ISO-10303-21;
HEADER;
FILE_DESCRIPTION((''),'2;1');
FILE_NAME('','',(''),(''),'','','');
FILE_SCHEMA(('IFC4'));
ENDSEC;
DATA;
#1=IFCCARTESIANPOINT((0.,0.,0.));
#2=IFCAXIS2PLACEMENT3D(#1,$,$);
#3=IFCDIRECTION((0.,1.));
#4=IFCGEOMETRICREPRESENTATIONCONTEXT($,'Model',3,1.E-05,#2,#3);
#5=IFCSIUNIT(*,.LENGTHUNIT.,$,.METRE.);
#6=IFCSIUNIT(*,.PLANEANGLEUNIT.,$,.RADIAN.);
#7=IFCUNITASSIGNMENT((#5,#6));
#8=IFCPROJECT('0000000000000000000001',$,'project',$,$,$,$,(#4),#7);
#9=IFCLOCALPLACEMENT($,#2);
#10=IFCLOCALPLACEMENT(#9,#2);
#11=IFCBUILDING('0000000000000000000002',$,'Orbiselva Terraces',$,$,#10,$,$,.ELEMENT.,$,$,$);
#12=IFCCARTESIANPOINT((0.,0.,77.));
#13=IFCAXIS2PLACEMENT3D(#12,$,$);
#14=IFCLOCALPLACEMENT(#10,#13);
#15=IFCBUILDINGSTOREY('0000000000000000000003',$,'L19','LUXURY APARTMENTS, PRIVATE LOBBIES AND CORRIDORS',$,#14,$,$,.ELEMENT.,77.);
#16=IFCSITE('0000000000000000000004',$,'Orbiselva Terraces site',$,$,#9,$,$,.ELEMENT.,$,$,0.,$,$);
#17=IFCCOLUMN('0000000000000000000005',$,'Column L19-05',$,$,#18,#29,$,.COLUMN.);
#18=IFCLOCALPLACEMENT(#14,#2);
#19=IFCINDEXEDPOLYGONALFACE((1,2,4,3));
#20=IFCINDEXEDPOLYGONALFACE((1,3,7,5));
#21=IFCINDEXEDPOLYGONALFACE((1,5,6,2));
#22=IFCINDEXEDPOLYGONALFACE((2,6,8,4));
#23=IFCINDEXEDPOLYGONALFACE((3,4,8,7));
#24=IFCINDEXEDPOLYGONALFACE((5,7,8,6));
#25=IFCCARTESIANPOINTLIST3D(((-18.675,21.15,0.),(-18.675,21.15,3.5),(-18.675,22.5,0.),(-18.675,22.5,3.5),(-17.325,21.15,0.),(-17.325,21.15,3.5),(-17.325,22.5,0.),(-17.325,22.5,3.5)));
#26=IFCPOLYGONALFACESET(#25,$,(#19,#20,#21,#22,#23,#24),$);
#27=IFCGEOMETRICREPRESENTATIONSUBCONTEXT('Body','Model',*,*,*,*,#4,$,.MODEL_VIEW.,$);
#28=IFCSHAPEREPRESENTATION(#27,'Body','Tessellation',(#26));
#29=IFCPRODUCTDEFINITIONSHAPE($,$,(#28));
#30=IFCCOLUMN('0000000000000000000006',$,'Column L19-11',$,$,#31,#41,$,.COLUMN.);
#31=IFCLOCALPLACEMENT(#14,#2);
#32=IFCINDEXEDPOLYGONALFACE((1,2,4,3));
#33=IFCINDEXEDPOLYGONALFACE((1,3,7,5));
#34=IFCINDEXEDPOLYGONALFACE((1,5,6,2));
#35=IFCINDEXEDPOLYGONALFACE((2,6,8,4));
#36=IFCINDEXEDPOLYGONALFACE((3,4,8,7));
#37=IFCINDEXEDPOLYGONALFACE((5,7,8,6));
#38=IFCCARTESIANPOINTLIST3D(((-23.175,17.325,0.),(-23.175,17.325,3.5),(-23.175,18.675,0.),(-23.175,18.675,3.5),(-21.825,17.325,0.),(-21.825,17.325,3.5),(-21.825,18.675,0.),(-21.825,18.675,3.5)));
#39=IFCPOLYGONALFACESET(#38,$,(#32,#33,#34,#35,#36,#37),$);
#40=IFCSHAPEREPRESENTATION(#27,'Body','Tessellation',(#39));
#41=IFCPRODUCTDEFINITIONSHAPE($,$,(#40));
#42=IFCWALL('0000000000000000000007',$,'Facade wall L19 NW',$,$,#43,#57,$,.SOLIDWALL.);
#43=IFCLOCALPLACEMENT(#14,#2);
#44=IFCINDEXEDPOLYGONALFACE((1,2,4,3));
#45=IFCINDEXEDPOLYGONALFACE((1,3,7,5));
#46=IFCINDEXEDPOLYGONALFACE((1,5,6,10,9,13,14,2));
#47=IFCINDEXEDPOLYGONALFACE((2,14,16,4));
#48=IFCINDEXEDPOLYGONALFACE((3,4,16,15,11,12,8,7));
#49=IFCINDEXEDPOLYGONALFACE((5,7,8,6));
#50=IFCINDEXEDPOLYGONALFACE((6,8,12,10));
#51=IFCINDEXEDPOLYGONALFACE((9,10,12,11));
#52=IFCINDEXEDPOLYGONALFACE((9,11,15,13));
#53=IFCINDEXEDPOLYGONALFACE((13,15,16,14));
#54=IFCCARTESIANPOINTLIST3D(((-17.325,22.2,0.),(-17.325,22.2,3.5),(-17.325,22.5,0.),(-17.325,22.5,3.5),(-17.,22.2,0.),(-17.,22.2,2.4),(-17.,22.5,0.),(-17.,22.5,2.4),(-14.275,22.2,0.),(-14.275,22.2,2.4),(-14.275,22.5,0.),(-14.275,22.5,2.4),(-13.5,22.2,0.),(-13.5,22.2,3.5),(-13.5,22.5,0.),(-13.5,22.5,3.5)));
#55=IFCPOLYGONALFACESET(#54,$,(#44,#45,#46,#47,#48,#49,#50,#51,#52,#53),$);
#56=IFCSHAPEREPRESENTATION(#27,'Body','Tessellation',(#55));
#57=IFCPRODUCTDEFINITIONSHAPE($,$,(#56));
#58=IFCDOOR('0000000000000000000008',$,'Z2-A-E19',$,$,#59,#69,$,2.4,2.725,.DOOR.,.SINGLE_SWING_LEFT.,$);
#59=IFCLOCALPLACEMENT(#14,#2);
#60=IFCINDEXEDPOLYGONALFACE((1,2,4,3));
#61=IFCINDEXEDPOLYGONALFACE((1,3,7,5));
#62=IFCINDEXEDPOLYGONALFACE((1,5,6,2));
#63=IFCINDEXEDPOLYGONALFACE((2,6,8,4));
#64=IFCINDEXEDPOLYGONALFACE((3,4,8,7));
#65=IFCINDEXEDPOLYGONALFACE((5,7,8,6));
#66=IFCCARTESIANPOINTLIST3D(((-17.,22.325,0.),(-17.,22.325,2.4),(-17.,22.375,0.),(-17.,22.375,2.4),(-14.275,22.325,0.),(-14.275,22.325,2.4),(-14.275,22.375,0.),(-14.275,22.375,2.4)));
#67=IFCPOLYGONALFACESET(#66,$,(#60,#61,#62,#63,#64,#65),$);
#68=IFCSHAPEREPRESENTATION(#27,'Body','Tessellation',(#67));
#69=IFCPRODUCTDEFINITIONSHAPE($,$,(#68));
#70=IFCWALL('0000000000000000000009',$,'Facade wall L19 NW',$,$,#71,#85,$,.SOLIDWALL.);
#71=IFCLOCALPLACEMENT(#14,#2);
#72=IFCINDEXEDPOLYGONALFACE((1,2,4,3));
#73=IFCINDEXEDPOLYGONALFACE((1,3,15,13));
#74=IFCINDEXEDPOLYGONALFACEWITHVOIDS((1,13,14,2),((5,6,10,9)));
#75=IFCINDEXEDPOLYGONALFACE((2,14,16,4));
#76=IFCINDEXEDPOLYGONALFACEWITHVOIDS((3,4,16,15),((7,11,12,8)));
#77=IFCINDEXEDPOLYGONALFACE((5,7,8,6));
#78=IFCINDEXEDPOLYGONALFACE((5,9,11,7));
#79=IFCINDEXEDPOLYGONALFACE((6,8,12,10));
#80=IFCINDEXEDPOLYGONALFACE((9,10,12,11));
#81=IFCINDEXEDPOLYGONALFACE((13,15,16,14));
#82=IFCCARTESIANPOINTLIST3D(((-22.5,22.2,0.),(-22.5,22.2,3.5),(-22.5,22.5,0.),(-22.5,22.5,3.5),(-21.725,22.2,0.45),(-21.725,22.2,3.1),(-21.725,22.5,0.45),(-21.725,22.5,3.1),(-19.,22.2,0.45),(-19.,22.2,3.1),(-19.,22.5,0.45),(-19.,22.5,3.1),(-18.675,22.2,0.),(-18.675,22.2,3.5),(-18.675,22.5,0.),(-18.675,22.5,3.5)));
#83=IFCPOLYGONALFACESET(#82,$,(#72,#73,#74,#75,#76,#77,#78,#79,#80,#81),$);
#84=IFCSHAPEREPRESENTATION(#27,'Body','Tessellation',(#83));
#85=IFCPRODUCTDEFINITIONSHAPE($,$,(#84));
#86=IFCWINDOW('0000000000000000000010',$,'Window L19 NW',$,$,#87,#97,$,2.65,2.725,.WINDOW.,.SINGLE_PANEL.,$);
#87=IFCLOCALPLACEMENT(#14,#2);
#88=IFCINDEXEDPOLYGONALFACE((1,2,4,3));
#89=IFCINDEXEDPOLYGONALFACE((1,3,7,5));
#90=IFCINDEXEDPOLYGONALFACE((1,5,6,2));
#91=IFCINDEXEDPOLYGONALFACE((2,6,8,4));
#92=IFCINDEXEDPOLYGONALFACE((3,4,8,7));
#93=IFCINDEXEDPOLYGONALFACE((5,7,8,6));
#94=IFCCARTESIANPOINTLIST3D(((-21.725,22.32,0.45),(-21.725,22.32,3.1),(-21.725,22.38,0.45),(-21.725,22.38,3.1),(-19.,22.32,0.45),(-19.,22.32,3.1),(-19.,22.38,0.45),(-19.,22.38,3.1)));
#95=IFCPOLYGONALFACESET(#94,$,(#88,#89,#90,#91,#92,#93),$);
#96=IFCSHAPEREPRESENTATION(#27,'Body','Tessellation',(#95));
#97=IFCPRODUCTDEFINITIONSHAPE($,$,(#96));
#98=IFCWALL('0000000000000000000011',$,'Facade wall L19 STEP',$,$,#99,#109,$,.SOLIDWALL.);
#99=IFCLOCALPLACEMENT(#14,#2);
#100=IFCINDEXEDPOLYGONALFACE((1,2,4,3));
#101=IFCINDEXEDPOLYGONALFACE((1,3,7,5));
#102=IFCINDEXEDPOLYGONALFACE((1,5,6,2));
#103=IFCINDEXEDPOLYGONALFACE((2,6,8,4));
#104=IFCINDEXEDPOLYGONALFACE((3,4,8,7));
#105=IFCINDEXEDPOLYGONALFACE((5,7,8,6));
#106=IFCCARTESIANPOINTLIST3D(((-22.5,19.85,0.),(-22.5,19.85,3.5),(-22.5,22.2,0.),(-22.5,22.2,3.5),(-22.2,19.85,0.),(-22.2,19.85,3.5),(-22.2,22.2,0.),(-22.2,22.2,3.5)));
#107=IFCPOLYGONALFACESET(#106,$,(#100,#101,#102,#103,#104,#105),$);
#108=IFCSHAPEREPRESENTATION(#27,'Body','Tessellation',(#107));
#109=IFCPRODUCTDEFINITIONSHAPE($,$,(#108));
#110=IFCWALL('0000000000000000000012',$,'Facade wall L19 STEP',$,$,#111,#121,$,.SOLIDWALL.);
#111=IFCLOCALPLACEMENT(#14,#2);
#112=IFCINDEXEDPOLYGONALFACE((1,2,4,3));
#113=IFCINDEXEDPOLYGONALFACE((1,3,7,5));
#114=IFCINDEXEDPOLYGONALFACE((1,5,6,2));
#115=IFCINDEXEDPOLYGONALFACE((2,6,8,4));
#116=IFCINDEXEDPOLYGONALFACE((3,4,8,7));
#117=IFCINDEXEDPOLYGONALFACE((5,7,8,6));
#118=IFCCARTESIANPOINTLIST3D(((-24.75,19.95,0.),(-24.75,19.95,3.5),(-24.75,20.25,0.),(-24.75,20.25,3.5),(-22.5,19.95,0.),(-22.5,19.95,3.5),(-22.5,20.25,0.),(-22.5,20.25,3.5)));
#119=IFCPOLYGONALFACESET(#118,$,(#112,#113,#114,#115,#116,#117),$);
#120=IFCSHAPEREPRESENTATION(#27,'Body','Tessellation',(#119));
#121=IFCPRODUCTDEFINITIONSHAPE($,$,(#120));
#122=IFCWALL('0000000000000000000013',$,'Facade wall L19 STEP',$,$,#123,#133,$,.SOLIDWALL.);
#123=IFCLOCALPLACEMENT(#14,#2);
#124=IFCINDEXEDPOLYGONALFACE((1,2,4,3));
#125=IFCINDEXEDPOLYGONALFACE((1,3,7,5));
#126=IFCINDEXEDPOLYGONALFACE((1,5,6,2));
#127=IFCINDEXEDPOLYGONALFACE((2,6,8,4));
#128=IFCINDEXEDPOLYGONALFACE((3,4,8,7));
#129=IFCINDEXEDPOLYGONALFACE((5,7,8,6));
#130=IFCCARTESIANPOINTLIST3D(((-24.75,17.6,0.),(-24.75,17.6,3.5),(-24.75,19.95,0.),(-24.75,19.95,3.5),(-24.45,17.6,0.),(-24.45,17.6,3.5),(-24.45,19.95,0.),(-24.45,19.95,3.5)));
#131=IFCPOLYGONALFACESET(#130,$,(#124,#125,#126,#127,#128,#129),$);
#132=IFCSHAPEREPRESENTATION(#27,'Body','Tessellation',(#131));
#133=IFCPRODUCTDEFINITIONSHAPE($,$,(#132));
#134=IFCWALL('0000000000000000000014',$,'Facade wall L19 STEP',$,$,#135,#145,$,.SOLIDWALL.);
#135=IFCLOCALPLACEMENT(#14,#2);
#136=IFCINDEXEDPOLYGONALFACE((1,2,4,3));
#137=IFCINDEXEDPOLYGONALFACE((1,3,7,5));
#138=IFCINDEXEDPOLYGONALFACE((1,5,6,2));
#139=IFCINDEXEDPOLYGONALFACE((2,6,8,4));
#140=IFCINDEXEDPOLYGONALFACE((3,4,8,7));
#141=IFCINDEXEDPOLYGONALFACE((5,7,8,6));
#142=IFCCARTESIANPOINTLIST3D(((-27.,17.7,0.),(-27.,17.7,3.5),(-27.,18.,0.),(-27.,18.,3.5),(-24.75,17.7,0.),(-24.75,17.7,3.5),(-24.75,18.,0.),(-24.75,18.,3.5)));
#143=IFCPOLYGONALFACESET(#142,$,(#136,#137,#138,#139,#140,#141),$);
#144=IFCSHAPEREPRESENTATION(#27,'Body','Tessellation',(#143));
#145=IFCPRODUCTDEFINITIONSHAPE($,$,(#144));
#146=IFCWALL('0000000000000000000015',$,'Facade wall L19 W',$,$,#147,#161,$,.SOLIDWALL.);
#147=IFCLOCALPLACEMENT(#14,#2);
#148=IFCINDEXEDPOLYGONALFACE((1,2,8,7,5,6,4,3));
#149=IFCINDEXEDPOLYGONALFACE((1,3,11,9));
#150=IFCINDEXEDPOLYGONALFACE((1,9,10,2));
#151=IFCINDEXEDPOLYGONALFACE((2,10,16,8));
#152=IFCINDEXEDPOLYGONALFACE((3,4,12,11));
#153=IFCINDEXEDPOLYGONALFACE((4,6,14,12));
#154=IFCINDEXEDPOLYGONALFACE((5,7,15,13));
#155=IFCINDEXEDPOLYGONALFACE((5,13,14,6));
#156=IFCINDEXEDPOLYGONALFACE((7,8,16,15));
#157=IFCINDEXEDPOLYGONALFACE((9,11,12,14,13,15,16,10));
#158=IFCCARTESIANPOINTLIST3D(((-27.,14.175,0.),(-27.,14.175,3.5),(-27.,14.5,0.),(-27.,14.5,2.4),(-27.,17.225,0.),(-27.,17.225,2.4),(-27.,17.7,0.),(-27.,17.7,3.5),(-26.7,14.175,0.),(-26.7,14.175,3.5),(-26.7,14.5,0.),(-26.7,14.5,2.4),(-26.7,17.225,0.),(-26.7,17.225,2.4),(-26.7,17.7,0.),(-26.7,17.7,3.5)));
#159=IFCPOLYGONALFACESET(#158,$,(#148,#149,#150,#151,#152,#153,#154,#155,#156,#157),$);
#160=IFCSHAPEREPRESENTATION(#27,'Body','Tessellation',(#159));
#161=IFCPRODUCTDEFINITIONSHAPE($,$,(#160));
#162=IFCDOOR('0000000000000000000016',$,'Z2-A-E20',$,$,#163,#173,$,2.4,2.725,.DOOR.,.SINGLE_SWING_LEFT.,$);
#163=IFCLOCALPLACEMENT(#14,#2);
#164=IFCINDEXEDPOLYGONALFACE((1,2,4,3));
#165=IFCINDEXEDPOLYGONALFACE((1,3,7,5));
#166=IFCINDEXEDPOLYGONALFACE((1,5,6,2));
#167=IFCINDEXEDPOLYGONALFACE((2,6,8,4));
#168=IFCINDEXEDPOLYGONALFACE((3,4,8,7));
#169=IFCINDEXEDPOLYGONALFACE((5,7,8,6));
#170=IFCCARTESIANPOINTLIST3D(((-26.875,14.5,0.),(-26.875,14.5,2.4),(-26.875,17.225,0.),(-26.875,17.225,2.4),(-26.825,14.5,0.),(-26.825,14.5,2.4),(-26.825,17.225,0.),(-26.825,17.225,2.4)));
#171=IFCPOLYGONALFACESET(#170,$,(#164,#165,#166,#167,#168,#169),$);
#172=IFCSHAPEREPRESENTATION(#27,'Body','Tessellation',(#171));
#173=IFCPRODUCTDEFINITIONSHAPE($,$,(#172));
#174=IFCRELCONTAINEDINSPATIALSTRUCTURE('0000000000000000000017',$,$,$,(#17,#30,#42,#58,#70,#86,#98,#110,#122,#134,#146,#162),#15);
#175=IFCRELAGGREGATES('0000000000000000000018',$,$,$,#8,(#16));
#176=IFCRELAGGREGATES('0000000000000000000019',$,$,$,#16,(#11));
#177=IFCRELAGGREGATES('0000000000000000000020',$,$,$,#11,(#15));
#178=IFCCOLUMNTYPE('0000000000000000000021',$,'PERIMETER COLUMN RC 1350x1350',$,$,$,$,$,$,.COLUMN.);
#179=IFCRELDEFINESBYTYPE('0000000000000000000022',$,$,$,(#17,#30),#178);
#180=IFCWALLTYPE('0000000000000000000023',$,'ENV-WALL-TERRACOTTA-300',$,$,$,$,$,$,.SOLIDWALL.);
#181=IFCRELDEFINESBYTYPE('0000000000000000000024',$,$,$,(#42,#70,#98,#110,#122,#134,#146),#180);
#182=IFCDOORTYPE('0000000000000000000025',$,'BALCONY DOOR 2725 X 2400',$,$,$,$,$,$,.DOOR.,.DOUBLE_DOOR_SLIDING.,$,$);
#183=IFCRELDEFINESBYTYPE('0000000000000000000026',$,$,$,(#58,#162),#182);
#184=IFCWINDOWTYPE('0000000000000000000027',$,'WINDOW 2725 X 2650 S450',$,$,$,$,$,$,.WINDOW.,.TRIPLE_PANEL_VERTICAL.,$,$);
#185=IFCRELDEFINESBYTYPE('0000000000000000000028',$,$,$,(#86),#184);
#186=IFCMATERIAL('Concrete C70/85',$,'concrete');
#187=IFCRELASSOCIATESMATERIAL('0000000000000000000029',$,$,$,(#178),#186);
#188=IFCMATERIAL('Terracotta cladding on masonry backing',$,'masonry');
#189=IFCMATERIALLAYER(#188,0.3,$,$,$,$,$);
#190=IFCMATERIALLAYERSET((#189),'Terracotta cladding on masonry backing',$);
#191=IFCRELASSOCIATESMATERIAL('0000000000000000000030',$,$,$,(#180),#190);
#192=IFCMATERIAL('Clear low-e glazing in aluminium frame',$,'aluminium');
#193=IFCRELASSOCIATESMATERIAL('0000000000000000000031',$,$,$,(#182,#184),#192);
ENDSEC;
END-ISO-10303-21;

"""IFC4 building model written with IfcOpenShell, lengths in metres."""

from ifc_helpers import new_model, si_unit, direction, frame, frame_2d, origin, origin_2d, place, context, subcontext, project, spatial, rectangle, extrude, material, layer, layer_set, material_profile, profile_set, type_object, element, fill, save


model = new_model("IFC4")

# Units and contexts
model_context = context("Model", 3, precision=1e-05, world=origin(), true_north=direction((0.0, 1.0)))
body_context = subcontext(model_context, "Body", "Model", "MODEL_VIEW")
ifc_project = project(units=[si_unit("LENGTHUNIT", "METRE"), si_unit("PLANEANGLEUNIT", "RADIAN")], contexts=[model_context])

# Site, building, storey
site_placement = place(None, origin())
site = spatial("IfcSite", under=ifc_project, at=site_placement, Name="Orbiselva Terraces site", CompositionType="ELEMENT", RefElevation=0.0)
building_placement = place(site_placement, origin())
building = spatial("IfcBuilding", under=site, at=building_placement, Name="Orbiselva Terraces", CompositionType="ELEMENT")
storey_placement = place(building_placement, frame((0.0, 0.0, 77.0)))
storey = spatial("IfcBuildingStorey", under=building, at=storey_placement, Name="L19", Description="LUXURY APARTMENTS, PRIVATE LOBBIES AND CORRIDORS", CompositionType="ELEMENT", Elevation=77.0)

# Columns
ifc_material_1 = material(Name="Concrete C70/85", Category="concrete")
ifc_material_profile = material_profile(ifc_material_1, rectangle(XDim=1.35, YDim=1.35, at=origin_2d()), Name="RC 1350x1350")
ifc_profile_set = profile_set([ifc_material_profile], Name="Concrete C70/85")
column_type = type_object("IfcColumnType", Name="PERIMETER COLUMN RC 1350x1350", PredefinedType="COLUMN", material=ifc_profile_set)
for number, where, z_axis, x_axis, name in (
    (1, (-18.0, 21.825, 0.0), (0.0, 0.0, 1.0), (1.0, 0.0, 0.0), "Column L19-05"),
    (2, (-22.5, 18.0, 0.0), (0.0, 0.0, 1.0), (1.0, 0.0, 0.0), "Column L19-11"),
):
    element("IfcColumn", number, at=place(storey_placement, frame(where, z_axis=z_axis, x_axis=x_axis)), inside=storey, type_object=column_type, Name=name, PredefinedType="COLUMN", context=body_context, shape_type="SweptSolid", body=[
        extrude(rectangle(XDim=1.35, YDim=1.35, at=origin_2d()), origin(), (0.0, 0.0, 1.0), 3.5),
    ])

# Wall, opening, door
ifc_material_2 = material(Name="Terracotta cladding on masonry backing", Category="masonry")
ifc_layer_1 = layer(ifc_material_2, 0.3)
ifc_layer_set_1 = layer_set([ifc_layer_1], Name="Terracotta cladding on masonry backing")
wall_type_1 = type_object("IfcWallType", Name="ENV-WALL-TERRACOTTA-300", PredefinedType="SOLIDWALL", material=ifc_layer_set_1)
wall_1_placement = place(storey_placement, frame((-17.325, 22.35, 0.0), z_axis=(0.0, 0.0, 1.0), x_axis=(1.0, 0.0, 0.0)))
wall_1 = element("IfcWall", 3, at=wall_1_placement, inside=storey, type_object=wall_type_1, Name="Facade wall L19 NW", PredefinedType="SOLIDWALL", context=body_context, shape_type="SweptSolid", body=[
    extrude(rectangle(XDim=3.825, YDim=0.3, at=frame_2d((1.9125, 0.0))), origin(), (0.0, 0.0, 1.0), 3.5),
])
opening_1_placement = place(wall_1_placement, frame((0.325, 0.0, 0.0)))
opening_1 = element("IfcOpeningElement", 4, at=opening_1_placement, cuts=wall_1, PredefinedType="OPENING", context=body_context, shape_type="SweptSolid", body=[
    extrude(rectangle(XDim=2.725, YDim=2.4, at=frame_2d((1.3625, 1.2))), frame((0.0, 0.16, 0.0), z_axis=(0.0, -1.0, 0.0), x_axis=(1.0, 0.0, 0.0)), (0.0, 0.0, 1.0), 0.32),
])
ifc_material_3 = material(Name="Clear low-e glazing in aluminium frame", Category="aluminium")
door_type_1 = type_object("IfcDoorType", Name="BALCONY DOOR 2725 X 2400", OperationType="DOUBLE_DOOR_SLIDING", PredefinedType="DOOR", material=ifc_material_3)
door_1_placement = place(opening_1_placement, origin())
door_1 = element("IfcDoor", 5, at=door_1_placement, inside=storey, type_object=door_type_1, Name="Z2-A-E19", OperationType="SINGLE_SWING_LEFT", OverallHeight=2.4, OverallWidth=2.725, PredefinedType="DOOR", context=body_context, shape_type="SweptSolid", body=[
    extrude(rectangle(XDim=2.725, YDim=2.4, at=frame_2d((1.3625, 1.2))), frame((0.0, 0.025, 0.0), z_axis=(0.0, -1.0, 0.0), x_axis=(1.0, 0.0, 0.0)), (0.0, 0.0, 1.0), 0.05),
])
fill(opening_1, door_1)

# Wall, opening, window
wall_2_placement = place(storey_placement, frame((-22.5, 22.35, 0.0), z_axis=(0.0, 0.0, 1.0), x_axis=(1.0, 0.0, 0.0)))
wall_2 = element("IfcWall", 6, at=wall_2_placement, inside=storey, type_object=wall_type_1, Name="Facade wall L19 NW", PredefinedType="SOLIDWALL", context=body_context, shape_type="SweptSolid", body=[
    extrude(rectangle(XDim=3.825, YDim=0.3, at=frame_2d((1.9125, 0.0))), origin(), (0.0, 0.0, 1.0), 3.5),
])
opening_2_placement = place(wall_2_placement, frame((0.775, 0.0, 0.45)))
opening_2 = element("IfcOpeningElement", 7, at=opening_2_placement, cuts=wall_2, PredefinedType="OPENING", context=body_context, shape_type="SweptSolid", body=[
    extrude(rectangle(XDim=2.725, YDim=2.65, at=frame_2d((1.3625, 1.325))), frame((0.0, 0.16, 0.0), z_axis=(0.0, -1.0, 0.0), x_axis=(1.0, 0.0, 0.0)), (0.0, 0.0, 1.0), 0.32),
])
window_type = type_object("IfcWindowType", Name="WINDOW 2725 X 2650 S450", PartitioningType="TRIPLE_PANEL_VERTICAL", PredefinedType="WINDOW", material=ifc_material_3)
window_placement = place(opening_2_placement, origin())
window = element("IfcWindow", 8, at=window_placement, inside=storey, type_object=window_type, Name="Window L19 NW", OverallHeight=2.65, OverallWidth=2.725, PartitioningType="SINGLE_PANEL", PredefinedType="WINDOW", context=body_context, shape_type="SweptSolid", body=[
    extrude(rectangle(XDim=2.725, YDim=2.65, at=frame_2d((1.3625, 1.325))), frame((0.0, 0.03, 0.0), z_axis=(0.0, -1.0, 0.0), x_axis=(1.0, 0.0, 0.0)), (0.0, 0.0, 1.0), 0.06),
])
fill(opening_2, window)

# Walls
wall_3_placement = place(storey_placement, frame((-22.35, 19.85, 0.0), z_axis=(0.0, 0.0, 1.0), x_axis=(0.0, 1.0, 0.0)))
element("IfcWall", 9, at=wall_3_placement, inside=storey, type_object=wall_type_1, Name="Facade wall L19 STEP", PredefinedType="SOLIDWALL", context=body_context, shape_type="SweptSolid", body=[
    extrude(rectangle(XDim=2.35, YDim=0.3, at=frame_2d((1.175, 0.0))), origin(), (0.0, 0.0, 1.0), 3.5),
])
wall_4_placement = place(storey_placement, frame((-24.75, 20.1, 0.0), z_axis=(0.0, 0.0, 1.0), x_axis=(1.0, 0.0, 0.0)))
element("IfcWall", 10, at=wall_4_placement, inside=storey, type_object=wall_type_1, Name="Facade wall L19 STEP", PredefinedType="SOLIDWALL", context=body_context, shape_type="SweptSolid", body=[
    extrude(rectangle(XDim=2.25, YDim=0.3, at=frame_2d((1.125, 0.0))), origin(), (0.0, 0.0, 1.0), 3.5),
])
wall_5_placement = place(storey_placement, frame((-24.6, 17.6, 0.0), z_axis=(0.0, 0.0, 1.0), x_axis=(0.0, 1.0, 0.0)))
element("IfcWall", 11, at=wall_5_placement, inside=storey, type_object=wall_type_1, Name="Facade wall L19 STEP", PredefinedType="SOLIDWALL", context=body_context, shape_type="SweptSolid", body=[
    extrude(rectangle(XDim=2.35, YDim=0.3, at=frame_2d((1.175, 0.0))), origin(), (0.0, 0.0, 1.0), 3.5),
])
wall_6_placement = place(storey_placement, frame((-27.0, 17.85, 0.0), z_axis=(0.0, 0.0, 1.0), x_axis=(1.0, 0.0, 0.0)))
element("IfcWall", 12, at=wall_6_placement, inside=storey, type_object=wall_type_1, Name="Facade wall L19 STEP", PredefinedType="SOLIDWALL", context=body_context, shape_type="SweptSolid", body=[
    extrude(rectangle(XDim=2.25, YDim=0.3, at=frame_2d((1.125, 0.0))), origin(), (0.0, 0.0, 1.0), 3.5),
])

# Wall, opening, door
wall_7_placement = place(storey_placement, frame((-26.85, 14.175, 0.0), z_axis=(0.0, 0.0, 1.0), x_axis=(0.0, 1.0, 0.0)))
wall_7 = element("IfcWall", 13, at=wall_7_placement, inside=storey, type_object=wall_type_1, Name="Facade wall L19 W", PredefinedType="SOLIDWALL", context=body_context, shape_type="SweptSolid", body=[
    extrude(rectangle(XDim=3.525, YDim=0.3, at=frame_2d((1.7625, 0.0))), origin(), (0.0, 0.0, 1.0), 3.5),
])
opening_3_placement = place(wall_7_placement, frame((0.325, 0.0, 0.0)))
opening_3 = element("IfcOpeningElement", 14, at=opening_3_placement, cuts=wall_7, PredefinedType="OPENING", context=body_context, shape_type="SweptSolid", body=[
    extrude(rectangle(XDim=2.725, YDim=2.4, at=frame_2d((1.3625, 1.2))), frame((0.0, 0.16, 0.0), z_axis=(0.0, -1.0, 0.0), x_axis=(1.0, 0.0, 0.0)), (0.0, 0.0, 1.0), 0.32),
])
door_2_placement = place(opening_3_placement, origin())
door_2 = element("IfcDoor", 15, at=door_2_placement, inside=storey, type_object=door_type_1, Name="Z2-A-E20", OperationType="SINGLE_SWING_LEFT", OverallHeight=2.4, OverallWidth=2.725, PredefinedType="DOOR", context=body_context, shape_type="SweptSolid", body=[
    extrude(rectangle(XDim=2.725, YDim=2.4, at=frame_2d((1.3625, 1.2))), frame((0.0, 0.025, 0.0), z_axis=(0.0, -1.0, 0.0), x_axis=(1.0, 0.0, 0.0)), (0.0, 0.0, 1.0), 0.05),
])
fill(opening_3, door_2)

save(model, "model.ifc")
